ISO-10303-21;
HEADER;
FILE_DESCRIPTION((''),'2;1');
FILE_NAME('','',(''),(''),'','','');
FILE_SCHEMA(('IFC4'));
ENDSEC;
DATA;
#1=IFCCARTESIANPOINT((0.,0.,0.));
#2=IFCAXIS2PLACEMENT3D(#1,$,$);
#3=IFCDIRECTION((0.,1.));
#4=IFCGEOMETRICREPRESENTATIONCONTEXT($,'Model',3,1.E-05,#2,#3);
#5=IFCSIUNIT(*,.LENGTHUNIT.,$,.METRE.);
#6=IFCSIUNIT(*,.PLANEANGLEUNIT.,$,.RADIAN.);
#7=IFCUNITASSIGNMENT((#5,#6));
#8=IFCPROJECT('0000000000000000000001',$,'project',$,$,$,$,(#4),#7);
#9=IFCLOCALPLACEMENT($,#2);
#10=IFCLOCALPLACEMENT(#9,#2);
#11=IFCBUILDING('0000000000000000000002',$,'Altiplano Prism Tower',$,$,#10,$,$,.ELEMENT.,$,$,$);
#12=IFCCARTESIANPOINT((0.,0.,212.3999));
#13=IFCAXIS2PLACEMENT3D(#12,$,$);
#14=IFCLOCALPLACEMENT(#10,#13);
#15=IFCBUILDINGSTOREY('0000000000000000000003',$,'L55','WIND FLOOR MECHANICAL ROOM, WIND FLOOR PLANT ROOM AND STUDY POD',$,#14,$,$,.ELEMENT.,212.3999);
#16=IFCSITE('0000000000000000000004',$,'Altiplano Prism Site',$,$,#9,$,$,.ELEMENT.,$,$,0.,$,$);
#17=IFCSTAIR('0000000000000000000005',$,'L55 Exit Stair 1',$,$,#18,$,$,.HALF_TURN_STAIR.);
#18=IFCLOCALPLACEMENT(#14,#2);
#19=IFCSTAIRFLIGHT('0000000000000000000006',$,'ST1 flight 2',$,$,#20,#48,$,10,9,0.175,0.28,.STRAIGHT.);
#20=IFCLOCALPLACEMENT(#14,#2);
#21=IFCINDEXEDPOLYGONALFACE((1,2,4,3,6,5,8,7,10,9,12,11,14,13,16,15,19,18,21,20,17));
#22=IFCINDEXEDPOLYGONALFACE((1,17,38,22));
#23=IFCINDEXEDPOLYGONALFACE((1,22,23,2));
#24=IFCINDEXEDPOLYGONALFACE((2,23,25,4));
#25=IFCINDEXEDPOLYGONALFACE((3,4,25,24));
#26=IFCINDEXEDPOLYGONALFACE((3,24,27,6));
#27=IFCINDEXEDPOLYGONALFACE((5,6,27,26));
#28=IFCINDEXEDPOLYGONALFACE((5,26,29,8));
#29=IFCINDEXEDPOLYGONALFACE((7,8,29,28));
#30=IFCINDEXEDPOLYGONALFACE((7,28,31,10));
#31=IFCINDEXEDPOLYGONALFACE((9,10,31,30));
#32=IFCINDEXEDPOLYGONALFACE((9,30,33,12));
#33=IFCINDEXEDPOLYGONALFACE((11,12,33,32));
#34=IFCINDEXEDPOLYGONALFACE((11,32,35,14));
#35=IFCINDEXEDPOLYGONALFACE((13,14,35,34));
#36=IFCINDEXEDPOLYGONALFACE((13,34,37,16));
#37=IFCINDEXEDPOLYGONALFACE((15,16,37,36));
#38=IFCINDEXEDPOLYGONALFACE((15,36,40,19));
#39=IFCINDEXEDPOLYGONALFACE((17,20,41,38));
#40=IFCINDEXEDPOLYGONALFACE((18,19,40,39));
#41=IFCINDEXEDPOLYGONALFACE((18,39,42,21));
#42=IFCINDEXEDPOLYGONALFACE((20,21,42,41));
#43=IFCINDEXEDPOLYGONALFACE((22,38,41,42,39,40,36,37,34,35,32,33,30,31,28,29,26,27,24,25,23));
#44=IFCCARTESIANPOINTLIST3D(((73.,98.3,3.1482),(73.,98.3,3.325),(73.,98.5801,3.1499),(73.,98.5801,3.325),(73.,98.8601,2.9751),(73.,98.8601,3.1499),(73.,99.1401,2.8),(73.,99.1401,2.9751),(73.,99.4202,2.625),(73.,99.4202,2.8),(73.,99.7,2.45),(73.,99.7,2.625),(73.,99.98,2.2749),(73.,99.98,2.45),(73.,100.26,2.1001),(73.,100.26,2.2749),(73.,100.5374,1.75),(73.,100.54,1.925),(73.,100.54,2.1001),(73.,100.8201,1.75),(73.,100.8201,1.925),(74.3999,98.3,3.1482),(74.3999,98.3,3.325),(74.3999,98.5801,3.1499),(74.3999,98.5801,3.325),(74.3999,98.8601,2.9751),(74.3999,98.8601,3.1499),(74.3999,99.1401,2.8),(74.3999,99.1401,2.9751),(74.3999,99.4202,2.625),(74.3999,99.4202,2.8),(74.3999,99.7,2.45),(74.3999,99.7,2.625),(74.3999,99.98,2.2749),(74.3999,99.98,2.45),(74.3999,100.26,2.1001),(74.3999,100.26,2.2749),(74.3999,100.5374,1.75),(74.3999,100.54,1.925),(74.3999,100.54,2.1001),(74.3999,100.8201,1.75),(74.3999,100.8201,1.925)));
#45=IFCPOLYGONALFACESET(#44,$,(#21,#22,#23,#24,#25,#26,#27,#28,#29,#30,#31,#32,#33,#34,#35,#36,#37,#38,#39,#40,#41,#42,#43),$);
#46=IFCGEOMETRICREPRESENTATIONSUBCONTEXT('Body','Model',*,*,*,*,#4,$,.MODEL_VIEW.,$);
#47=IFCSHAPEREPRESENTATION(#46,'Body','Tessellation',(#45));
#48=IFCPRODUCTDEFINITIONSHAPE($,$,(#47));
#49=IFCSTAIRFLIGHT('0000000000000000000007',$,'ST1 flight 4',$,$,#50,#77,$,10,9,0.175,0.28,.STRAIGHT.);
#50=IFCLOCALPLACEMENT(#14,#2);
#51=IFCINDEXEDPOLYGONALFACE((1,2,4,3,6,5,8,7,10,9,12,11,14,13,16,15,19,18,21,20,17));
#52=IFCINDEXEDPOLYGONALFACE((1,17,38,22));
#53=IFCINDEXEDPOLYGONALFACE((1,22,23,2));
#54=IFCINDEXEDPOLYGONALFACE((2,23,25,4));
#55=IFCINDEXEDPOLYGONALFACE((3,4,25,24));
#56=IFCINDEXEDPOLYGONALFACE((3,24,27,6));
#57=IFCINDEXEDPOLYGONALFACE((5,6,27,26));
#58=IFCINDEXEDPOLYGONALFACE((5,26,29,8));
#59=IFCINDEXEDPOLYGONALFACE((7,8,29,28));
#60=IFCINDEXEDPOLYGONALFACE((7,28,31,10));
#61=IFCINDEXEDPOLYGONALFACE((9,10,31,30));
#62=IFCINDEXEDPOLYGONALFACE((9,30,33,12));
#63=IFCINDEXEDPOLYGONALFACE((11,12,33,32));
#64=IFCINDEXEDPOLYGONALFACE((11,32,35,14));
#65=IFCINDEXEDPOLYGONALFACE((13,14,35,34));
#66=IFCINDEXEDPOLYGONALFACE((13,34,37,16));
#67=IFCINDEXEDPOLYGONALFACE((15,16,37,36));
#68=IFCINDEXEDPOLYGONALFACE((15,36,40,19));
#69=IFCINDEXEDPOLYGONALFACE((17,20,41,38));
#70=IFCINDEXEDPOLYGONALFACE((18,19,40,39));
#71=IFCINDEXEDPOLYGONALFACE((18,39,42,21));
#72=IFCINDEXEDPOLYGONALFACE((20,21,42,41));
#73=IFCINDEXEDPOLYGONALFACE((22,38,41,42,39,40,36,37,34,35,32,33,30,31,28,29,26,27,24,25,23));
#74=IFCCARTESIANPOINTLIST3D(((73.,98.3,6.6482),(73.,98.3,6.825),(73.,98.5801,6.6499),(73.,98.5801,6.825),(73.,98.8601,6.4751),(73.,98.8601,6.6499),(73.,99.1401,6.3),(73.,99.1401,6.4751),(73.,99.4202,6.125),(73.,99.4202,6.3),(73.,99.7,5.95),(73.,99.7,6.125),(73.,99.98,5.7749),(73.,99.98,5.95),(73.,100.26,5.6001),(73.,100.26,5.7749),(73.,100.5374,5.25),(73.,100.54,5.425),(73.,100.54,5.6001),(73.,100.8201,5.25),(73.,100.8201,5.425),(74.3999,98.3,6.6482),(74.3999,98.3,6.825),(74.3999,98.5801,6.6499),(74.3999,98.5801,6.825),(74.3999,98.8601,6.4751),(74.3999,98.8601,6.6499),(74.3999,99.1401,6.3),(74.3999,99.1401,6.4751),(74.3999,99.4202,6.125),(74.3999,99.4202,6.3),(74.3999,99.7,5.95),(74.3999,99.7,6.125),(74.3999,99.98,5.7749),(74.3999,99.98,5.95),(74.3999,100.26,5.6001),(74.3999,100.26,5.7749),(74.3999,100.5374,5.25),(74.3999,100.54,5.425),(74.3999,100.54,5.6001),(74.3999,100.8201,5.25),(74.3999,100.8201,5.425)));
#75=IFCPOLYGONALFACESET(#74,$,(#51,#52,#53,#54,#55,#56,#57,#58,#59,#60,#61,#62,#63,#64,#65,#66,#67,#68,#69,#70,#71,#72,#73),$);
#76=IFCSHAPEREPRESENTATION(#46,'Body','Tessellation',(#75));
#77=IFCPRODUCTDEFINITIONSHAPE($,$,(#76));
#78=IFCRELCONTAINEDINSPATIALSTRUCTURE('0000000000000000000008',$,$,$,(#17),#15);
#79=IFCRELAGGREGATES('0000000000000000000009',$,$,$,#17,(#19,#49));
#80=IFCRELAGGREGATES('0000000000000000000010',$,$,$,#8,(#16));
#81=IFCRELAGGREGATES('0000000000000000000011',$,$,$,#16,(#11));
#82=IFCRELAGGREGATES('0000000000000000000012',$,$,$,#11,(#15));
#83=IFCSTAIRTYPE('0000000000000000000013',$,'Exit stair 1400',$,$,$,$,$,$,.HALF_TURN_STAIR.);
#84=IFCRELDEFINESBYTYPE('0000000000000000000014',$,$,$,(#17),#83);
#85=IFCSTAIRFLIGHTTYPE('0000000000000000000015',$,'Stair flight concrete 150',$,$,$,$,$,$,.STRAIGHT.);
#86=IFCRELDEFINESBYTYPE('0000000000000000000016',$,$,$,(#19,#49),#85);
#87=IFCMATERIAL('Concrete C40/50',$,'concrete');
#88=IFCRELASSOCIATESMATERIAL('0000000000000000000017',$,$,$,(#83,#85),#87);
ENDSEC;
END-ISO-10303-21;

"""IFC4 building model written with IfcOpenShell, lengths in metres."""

from ifc_helpers import new_model, si_unit, direction, frame, origin, place, context, subcontext, project, spatial, polyline, outline, extrude, material, type_object, element, aggregate, save


model = new_model("IFC4")

# Units and contexts
model_context = context("Model", 3, precision=1e-05, world=origin(), true_north=direction((0.0, 1.0)))
body_context = subcontext(model_context, "Body", "Model", "MODEL_VIEW")
ifc_project = project(units=[si_unit("LENGTHUNIT", "METRE"), si_unit("PLANEANGLEUNIT", "RADIAN")], contexts=[model_context])

# Site, building, storey
site_placement = place(None, origin())
site = spatial("IfcSite", under=ifc_project, at=site_placement, Name="Altiplano Prism Site", CompositionType="ELEMENT", RefElevation=0.0)
building_placement = place(site_placement, origin())
building = spatial("IfcBuilding", under=site, at=building_placement, Name="Altiplano Prism Tower", CompositionType="ELEMENT")
storey_placement = place(building_placement, frame((0.0, 0.0, 212.3999)))
storey = spatial("IfcBuildingStorey", under=building, at=storey_placement, Name="L55", Description="WIND FLOOR MECHANICAL ROOM, WIND FLOOR PLANT ROOM AND STUDY POD", CompositionType="ELEMENT", Elevation=212.3999)

# Stair, stair flights
ifc_material_1 = material(Name="Concrete C40/50", Category="concrete")
stair_type = type_object("IfcStairType", Name="Exit stair 1400", PredefinedType="HALF_TURN_STAIR", material=ifc_material_1)
stair_placement = place(storey_placement, origin())
stair = element("IfcStair", 1, at=stair_placement, inside=storey, type_object=stair_type, Name="L55 Exit Stair 1", PredefinedType="HALF_TURN_STAIR")
stair_flight_type = type_object("IfcStairFlightType", Name="Stair flight concrete 150", PredefinedType="STRAIGHT", material=ifc_material_1)
stair_flight_1_placement = place(storey_placement, frame((73.7, 100.8201, 1.75), z_axis=(0.0, 0.0, 1.0), x_axis=(0.0, -1.0, 0.0)))
stair_flight_1 = element("IfcStairFlight", 2, at=stair_flight_1_placement, type_object=stair_flight_type, Name="ST1 flight 2", NumberOfRisers=10, NumberOfTreads=9, PredefinedType="STRAIGHT", RiserHeight=0.175, TreadLength=0.28, context=body_context, shape_type="SweptSolid", body=[
    extrude(outline(polyline([(0.0, 0.0), (0.0, 0.175), (0.28, 0.175), (0.28, 0.3501), (0.5601, 0.3501), (0.5601, 0.5249), (0.8401, 0.5249), (0.8401, 0.7), (1.1201, 0.7), (1.1201, 0.875), (1.3999, 0.875), (1.3999, 1.05), (1.6799, 1.05), (1.6799, 1.2251), (1.96, 1.2251), (1.96, 1.3999), (2.24, 1.3999), (2.24, 1.575), (2.52, 1.575), (2.52, 1.75), (2.52, 1.3982), (0.2827, 0.0), (0.0, 0.0)])), frame((0.0, 0.7, 0.0), z_axis=(0.0, -1.0, 0.0), x_axis=(1.0, 0.0, 0.0)), (0.0, 0.0, 1.0), 1.3999),
])
stair_flight_2_placement = place(storey_placement, frame((73.7, 100.8201, 5.25), z_axis=(0.0, 0.0, 1.0), x_axis=(0.0, -1.0, 0.0)))
stair_flight_2 = element("IfcStairFlight", 3, at=stair_flight_2_placement, type_object=stair_flight_type, Name="ST1 flight 4", NumberOfRisers=10, NumberOfTreads=9, PredefinedType="STRAIGHT", RiserHeight=0.175, TreadLength=0.28, context=body_context, shape_type="SweptSolid", body=[
    extrude(outline(polyline([(0.0, 0.0), (0.0, 0.175), (0.28, 0.175), (0.28, 0.3501), (0.5601, 0.3501), (0.5601, 0.5249), (0.8401, 0.5249), (0.8401, 0.7), (1.1201, 0.7), (1.1201, 0.875), (1.3999, 0.875), (1.3999, 1.05), (1.6799, 1.05), (1.6799, 1.2251), (1.96, 1.2251), (1.96, 1.3999), (2.24, 1.3999), (2.24, 1.575), (2.52, 1.575), (2.52, 1.75), (2.52, 1.3982), (0.2827, 0.0), (0.0, 0.0)])), frame((0.0, 0.7, 0.0), z_axis=(0.0, -1.0, 0.0), x_axis=(1.0, 0.0, 0.0)), (0.0, 0.0, 1.0), 1.3999),
])
aggregate(stair, [stair_flight_1, stair_flight_2])

save(model, "model.ifc")
